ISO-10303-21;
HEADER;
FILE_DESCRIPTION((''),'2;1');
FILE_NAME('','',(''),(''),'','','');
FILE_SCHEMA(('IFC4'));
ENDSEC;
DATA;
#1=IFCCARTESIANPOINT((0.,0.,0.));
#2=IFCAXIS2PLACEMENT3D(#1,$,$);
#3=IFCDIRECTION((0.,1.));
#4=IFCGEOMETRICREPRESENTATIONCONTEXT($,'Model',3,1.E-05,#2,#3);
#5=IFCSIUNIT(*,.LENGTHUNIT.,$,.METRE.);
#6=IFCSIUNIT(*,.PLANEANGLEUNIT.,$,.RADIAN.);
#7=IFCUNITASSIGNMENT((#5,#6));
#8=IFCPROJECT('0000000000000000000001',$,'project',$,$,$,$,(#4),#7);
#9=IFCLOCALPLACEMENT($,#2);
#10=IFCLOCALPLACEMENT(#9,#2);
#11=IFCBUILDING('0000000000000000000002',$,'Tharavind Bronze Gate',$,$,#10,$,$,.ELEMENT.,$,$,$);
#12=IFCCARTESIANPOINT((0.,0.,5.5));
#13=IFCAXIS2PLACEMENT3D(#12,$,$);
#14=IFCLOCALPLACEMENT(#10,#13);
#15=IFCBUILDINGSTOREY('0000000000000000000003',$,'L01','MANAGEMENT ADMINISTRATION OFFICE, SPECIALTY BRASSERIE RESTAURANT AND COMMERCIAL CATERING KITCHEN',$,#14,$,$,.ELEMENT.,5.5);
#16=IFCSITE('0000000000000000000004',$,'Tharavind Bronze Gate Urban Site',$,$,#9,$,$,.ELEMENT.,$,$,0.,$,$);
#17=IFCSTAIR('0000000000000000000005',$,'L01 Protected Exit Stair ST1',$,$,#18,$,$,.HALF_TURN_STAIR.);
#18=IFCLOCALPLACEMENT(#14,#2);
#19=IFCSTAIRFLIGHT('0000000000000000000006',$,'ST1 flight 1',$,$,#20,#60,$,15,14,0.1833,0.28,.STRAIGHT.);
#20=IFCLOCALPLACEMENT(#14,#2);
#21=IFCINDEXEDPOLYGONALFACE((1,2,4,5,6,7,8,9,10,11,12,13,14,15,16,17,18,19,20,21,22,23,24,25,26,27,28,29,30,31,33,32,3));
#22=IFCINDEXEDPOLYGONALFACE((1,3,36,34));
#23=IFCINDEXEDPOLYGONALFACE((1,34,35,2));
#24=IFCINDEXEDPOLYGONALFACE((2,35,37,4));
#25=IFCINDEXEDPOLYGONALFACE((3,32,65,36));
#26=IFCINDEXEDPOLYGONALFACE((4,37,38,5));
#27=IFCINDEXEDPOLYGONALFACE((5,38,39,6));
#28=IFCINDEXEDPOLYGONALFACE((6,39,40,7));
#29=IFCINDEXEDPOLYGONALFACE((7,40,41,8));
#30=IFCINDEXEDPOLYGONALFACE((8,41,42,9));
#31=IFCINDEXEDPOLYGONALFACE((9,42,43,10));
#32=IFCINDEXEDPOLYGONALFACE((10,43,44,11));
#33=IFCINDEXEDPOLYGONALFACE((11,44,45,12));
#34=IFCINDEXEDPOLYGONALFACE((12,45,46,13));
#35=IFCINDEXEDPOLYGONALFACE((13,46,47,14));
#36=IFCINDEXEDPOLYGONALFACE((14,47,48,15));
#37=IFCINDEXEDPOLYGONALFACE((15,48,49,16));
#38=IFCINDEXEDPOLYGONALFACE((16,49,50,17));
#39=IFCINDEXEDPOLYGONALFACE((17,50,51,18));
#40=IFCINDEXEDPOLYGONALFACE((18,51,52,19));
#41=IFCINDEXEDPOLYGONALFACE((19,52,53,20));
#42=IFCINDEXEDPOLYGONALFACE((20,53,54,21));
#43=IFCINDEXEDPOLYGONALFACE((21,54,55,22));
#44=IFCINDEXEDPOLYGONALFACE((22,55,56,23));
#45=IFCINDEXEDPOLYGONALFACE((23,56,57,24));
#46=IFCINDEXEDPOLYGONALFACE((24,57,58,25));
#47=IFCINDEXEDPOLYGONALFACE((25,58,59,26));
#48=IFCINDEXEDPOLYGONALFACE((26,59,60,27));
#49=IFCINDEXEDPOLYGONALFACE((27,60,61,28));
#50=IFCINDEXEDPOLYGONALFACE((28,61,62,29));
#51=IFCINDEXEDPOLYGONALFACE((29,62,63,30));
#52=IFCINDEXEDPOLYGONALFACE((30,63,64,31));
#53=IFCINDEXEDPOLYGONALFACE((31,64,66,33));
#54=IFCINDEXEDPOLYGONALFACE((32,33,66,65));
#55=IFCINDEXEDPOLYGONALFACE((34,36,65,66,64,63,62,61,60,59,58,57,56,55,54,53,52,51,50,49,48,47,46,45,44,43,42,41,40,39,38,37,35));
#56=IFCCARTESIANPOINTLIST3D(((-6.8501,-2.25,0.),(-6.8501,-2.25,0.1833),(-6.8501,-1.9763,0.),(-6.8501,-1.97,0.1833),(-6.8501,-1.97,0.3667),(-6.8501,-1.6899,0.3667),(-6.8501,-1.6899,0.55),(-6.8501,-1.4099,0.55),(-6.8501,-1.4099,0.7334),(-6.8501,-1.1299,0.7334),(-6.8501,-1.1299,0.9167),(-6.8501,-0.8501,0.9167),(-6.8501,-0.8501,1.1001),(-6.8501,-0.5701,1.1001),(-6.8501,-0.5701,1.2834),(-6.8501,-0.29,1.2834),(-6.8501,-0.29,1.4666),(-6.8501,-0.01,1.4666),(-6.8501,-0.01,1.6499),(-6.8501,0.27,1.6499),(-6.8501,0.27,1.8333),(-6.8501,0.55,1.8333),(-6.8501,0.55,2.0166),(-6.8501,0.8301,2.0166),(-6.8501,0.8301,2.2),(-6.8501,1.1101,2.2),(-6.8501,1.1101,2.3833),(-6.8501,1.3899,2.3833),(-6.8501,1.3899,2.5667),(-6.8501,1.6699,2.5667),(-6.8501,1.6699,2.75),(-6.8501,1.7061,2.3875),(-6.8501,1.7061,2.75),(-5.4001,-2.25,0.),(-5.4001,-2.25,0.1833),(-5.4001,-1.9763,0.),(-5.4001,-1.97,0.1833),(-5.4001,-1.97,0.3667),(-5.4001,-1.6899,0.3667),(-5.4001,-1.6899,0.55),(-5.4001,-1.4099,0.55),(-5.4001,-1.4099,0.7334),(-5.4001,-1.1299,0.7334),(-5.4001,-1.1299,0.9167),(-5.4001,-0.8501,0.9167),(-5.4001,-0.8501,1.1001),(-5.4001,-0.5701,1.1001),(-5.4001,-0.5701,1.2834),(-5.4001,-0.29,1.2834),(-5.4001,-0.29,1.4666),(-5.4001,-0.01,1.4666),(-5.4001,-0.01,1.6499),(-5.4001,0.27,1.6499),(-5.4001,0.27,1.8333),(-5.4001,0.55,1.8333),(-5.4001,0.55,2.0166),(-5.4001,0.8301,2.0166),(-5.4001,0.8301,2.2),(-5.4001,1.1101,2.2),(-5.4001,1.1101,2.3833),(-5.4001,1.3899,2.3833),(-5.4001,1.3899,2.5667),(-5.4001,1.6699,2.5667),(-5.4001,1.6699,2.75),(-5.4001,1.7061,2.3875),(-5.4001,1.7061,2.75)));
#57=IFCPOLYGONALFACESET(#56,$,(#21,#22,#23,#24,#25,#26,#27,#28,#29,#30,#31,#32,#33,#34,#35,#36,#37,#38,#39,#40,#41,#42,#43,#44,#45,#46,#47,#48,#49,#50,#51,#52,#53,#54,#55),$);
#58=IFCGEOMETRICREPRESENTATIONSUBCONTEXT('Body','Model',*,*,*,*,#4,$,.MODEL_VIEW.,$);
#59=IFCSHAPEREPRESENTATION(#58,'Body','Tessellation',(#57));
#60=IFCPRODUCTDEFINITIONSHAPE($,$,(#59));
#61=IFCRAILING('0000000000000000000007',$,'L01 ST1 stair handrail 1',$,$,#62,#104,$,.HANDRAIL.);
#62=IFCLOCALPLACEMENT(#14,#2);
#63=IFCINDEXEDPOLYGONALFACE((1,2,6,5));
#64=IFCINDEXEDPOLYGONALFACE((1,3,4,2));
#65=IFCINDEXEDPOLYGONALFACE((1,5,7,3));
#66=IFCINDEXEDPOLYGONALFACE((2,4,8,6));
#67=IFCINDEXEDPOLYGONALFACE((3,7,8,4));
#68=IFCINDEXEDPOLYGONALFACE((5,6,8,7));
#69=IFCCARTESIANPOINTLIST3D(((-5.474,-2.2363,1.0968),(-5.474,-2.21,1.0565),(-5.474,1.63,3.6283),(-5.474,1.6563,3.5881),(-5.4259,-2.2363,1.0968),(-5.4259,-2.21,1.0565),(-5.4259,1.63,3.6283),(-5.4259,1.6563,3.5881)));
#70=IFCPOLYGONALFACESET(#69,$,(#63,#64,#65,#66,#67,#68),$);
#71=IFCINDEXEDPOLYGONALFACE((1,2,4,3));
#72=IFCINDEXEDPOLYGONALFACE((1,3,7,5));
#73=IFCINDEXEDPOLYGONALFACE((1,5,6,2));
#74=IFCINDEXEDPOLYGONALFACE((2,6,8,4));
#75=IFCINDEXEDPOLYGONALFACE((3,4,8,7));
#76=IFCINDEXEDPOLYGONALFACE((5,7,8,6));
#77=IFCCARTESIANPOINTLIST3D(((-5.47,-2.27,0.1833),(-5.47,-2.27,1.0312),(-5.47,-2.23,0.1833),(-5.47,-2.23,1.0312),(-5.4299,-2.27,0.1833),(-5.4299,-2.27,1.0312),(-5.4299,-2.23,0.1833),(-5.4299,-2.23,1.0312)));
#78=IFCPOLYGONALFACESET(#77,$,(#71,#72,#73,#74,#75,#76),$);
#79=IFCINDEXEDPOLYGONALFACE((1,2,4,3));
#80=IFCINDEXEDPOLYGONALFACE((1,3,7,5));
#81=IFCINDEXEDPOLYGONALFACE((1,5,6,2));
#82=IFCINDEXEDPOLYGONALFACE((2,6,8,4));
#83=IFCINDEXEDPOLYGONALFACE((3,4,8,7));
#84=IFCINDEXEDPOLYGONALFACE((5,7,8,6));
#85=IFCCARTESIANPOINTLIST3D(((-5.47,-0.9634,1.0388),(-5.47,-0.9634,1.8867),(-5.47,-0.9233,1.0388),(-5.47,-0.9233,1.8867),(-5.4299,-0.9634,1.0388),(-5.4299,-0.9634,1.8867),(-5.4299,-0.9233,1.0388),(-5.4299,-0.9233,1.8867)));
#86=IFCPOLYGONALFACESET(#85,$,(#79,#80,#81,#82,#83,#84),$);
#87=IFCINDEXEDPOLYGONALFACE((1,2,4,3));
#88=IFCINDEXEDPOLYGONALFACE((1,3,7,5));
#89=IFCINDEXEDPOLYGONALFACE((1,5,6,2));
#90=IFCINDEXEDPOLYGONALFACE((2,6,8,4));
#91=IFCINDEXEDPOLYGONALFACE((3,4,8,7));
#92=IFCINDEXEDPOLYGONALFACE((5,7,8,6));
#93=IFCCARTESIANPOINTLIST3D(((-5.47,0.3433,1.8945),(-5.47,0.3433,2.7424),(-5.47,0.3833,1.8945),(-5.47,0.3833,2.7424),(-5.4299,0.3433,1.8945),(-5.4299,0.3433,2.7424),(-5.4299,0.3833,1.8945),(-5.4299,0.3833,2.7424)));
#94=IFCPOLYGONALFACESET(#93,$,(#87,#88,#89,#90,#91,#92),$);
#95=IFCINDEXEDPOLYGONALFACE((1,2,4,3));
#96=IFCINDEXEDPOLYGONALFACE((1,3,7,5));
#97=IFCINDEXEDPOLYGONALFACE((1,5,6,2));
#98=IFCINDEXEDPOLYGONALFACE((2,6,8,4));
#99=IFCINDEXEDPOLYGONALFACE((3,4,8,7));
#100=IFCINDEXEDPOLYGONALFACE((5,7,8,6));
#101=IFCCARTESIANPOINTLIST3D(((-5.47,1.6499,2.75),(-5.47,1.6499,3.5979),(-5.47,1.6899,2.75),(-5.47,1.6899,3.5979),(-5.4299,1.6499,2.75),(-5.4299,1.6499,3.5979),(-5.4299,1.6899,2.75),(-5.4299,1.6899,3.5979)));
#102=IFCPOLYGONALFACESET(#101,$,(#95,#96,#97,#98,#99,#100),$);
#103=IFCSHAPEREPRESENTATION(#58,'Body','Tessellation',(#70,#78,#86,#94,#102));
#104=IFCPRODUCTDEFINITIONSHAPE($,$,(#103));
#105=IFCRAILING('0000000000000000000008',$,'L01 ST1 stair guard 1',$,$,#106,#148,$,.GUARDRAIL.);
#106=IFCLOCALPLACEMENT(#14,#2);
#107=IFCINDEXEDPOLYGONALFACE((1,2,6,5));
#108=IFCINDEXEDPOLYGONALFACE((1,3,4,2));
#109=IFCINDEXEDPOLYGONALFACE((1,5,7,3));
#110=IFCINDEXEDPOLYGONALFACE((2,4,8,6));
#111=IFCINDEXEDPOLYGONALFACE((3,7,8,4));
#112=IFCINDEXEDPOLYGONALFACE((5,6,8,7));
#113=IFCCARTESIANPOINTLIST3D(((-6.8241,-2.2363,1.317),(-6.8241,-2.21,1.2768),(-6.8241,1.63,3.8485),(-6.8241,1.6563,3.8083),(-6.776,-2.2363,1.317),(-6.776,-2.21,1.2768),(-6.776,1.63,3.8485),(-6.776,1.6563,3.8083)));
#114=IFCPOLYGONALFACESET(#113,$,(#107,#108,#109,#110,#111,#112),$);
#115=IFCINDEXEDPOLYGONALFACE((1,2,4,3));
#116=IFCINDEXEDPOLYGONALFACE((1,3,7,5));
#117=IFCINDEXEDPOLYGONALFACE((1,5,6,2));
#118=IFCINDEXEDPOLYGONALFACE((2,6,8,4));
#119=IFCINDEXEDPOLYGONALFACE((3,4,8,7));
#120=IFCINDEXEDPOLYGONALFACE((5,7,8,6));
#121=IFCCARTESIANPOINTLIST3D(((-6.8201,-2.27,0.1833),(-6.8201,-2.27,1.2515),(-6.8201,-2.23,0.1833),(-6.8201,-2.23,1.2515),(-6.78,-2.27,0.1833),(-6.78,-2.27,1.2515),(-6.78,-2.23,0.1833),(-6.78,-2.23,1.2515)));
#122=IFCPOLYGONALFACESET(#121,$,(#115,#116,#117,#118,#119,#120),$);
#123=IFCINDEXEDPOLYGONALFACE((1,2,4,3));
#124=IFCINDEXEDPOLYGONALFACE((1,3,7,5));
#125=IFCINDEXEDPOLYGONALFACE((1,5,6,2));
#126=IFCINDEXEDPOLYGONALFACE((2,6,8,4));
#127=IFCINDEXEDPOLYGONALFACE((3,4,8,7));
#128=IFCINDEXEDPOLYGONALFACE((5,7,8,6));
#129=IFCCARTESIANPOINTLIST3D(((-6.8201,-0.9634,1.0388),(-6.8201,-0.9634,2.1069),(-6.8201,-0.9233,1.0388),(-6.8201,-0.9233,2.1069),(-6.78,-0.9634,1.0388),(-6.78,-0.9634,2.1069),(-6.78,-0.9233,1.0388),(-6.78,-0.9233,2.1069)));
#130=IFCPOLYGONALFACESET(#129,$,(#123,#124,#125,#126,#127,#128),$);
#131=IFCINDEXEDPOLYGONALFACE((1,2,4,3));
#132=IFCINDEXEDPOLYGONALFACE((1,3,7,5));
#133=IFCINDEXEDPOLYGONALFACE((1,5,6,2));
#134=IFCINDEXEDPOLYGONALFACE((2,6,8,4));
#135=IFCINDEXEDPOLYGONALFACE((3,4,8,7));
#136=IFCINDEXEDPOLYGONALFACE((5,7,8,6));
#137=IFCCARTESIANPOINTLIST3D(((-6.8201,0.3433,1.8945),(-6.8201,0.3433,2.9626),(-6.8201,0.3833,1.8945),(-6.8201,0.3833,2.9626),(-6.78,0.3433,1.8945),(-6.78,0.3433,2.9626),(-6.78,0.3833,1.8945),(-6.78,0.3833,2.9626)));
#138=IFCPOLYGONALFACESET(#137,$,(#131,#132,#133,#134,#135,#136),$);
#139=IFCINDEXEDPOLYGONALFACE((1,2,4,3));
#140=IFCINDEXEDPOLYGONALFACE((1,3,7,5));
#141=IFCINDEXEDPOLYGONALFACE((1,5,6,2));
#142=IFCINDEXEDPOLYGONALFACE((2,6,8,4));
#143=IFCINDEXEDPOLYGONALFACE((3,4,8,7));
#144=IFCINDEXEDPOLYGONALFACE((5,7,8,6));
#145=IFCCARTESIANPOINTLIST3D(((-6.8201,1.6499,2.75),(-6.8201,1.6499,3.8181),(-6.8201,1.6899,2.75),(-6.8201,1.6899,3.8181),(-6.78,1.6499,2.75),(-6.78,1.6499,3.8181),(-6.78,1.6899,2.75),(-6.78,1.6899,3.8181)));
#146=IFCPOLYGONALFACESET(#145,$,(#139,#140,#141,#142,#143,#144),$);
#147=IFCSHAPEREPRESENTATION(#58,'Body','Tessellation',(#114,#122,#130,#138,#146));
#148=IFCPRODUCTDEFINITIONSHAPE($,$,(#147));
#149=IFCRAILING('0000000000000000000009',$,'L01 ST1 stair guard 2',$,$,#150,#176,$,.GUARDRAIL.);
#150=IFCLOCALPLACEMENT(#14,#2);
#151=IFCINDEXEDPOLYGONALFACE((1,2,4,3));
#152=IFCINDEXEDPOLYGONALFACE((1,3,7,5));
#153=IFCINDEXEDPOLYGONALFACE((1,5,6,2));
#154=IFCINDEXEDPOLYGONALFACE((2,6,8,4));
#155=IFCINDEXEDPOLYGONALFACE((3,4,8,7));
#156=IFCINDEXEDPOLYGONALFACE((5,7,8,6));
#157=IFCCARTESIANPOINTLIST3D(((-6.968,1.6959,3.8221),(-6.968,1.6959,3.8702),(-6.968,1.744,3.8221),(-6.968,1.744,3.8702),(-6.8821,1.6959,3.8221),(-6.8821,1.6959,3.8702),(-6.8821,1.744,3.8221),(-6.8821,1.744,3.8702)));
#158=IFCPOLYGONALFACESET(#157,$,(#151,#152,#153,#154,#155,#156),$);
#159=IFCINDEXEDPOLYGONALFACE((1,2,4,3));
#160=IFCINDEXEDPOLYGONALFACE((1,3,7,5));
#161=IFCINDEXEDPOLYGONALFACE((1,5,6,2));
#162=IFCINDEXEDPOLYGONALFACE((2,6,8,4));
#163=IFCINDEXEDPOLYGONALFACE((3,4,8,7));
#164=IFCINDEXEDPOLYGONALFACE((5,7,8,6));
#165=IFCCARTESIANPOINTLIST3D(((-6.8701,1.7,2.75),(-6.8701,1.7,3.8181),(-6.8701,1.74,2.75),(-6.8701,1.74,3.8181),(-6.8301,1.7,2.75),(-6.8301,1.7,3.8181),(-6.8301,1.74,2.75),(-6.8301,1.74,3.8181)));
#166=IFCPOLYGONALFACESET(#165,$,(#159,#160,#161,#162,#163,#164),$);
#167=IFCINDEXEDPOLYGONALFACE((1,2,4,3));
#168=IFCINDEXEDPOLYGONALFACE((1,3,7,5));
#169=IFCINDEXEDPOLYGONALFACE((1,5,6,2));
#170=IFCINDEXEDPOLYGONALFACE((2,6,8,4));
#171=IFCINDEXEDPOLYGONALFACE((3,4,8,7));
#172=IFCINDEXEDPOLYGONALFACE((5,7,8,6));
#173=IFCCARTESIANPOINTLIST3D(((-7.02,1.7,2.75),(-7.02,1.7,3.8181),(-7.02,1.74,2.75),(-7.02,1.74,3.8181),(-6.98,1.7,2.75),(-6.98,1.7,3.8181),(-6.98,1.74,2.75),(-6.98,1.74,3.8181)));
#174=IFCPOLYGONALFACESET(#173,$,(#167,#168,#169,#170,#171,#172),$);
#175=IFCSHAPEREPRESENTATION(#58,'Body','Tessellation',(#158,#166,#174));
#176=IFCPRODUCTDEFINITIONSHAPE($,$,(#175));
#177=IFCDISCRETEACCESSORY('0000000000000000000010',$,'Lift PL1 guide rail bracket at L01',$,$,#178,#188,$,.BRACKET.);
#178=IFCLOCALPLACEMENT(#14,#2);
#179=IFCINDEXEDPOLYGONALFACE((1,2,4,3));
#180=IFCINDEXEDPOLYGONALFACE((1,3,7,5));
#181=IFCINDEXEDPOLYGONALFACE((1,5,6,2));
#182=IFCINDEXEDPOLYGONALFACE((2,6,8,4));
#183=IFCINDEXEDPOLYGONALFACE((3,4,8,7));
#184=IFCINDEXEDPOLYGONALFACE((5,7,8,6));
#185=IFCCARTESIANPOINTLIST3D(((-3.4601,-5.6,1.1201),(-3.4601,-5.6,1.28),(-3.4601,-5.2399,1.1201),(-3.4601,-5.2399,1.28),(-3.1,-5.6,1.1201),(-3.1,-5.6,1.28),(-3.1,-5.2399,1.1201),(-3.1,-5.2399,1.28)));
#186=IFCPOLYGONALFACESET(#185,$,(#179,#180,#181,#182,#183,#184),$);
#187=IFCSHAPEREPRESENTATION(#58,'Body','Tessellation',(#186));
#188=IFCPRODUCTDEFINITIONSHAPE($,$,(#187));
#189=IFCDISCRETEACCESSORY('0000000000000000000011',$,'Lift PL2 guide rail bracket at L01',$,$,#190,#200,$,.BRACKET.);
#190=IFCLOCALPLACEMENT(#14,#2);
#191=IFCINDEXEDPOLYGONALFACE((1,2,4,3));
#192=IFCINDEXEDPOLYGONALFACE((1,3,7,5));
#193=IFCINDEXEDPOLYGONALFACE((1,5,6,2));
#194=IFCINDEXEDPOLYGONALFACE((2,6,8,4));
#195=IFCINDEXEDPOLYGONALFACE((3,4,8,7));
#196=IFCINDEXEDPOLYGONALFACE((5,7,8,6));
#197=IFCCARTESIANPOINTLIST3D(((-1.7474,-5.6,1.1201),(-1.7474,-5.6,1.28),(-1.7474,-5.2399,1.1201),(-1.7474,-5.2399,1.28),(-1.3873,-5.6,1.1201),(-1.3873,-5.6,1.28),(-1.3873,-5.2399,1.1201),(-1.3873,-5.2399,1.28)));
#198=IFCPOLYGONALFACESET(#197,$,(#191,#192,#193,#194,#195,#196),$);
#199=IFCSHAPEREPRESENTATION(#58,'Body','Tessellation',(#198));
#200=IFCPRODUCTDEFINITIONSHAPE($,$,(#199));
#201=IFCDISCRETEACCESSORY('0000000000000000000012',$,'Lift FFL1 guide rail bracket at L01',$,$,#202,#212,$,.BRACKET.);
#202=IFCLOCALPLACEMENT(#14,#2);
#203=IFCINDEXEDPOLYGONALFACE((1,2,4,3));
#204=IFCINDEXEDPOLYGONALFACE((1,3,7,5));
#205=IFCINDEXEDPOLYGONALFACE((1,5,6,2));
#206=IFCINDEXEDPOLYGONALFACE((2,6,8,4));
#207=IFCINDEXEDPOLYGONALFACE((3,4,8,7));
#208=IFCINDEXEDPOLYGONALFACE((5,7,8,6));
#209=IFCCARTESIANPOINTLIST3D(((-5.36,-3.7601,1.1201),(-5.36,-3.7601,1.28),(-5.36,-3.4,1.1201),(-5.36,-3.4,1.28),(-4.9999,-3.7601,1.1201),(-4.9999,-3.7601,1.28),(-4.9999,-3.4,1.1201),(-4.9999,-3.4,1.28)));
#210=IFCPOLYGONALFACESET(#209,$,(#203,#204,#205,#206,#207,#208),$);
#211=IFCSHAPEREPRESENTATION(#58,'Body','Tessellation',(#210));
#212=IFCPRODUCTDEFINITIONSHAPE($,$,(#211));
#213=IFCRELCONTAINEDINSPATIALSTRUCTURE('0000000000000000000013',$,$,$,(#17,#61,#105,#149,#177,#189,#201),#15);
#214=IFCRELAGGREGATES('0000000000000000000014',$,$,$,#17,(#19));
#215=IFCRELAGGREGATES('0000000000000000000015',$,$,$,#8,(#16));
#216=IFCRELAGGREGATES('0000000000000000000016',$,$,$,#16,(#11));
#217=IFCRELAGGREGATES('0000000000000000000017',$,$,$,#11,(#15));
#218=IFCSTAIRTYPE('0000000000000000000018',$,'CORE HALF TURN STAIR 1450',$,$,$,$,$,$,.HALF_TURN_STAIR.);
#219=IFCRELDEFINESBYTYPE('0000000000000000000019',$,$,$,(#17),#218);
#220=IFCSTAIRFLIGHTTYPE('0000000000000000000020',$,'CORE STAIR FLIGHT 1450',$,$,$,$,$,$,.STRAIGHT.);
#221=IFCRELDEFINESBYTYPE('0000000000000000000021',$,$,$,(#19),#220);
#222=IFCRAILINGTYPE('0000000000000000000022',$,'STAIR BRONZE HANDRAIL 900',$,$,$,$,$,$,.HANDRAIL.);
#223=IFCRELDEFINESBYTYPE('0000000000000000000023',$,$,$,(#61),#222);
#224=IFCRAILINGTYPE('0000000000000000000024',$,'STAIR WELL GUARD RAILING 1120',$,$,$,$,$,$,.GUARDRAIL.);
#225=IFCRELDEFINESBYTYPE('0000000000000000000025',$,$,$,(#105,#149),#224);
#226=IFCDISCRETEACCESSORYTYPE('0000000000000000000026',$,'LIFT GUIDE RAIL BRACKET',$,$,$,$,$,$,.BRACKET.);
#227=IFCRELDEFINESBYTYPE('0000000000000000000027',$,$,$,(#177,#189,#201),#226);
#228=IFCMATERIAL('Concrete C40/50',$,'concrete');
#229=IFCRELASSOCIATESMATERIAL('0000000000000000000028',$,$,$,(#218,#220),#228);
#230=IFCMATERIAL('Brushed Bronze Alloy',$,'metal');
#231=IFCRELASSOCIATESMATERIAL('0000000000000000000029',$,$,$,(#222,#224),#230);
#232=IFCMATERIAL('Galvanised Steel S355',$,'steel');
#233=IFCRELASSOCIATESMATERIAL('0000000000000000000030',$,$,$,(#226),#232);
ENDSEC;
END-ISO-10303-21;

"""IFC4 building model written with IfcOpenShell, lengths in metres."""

from ifc_helpers import new_model, si_unit, direction, frame, origin, origin_2d, place, context, subcontext, project, spatial, polyline, rectangle, outline, extrude, material, type_object, element, aggregate, save


model = new_model("IFC4")

# Units and contexts
model_context = context("Model", 3, precision=1e-05, world=origin(), true_north=direction((0.0, 1.0)))
body_context = subcontext(model_context, "Body", "Model", "MODEL_VIEW")
ifc_project = project(units=[si_unit("LENGTHUNIT", "METRE"), si_unit("PLANEANGLEUNIT", "RADIAN")], contexts=[model_context])

# Site, building, storey
site_placement = place(None, origin())
site = spatial("IfcSite", under=ifc_project, at=site_placement, Name="Tharavind Bronze Gate Urban Site", CompositionType="ELEMENT", RefElevation=0.0)
building_placement = place(site_placement, origin())
building = spatial("IfcBuilding", under=site, at=building_placement, Name="Tharavind Bronze Gate", CompositionType="ELEMENT")
storey_placement = place(building_placement, frame((0.0, 0.0, 5.5)))
storey = spatial("IfcBuildingStorey", under=building, at=storey_placement, Name="L01", Description="MANAGEMENT ADMINISTRATION OFFICE, SPECIALTY BRASSERIE RESTAURANT AND COMMERCIAL CATERING KITCHEN", CompositionType="ELEMENT", Elevation=5.5)

# Shared definitions
ifc_material_1 = material(Name="Concrete C40/50", Category="concrete")

# Stair, stair flight
stair_type = type_object("IfcStairType", Name="CORE HALF TURN STAIR 1450", PredefinedType="HALF_TURN_STAIR", material=ifc_material_1)
stair_placement = place(storey_placement, origin())
stair = element("IfcStair", 1, at=stair_placement, inside=storey, type_object=stair_type, Name="L01 Protected Exit Stair ST1", PredefinedType="HALF_TURN_STAIR")
stair_flight_type = type_object("IfcStairFlightType", Name="CORE STAIR FLIGHT 1450", PredefinedType="STRAIGHT", material=ifc_material_1)
stair_flight_placement = place(storey_placement, frame((-6.125, -2.25, 0.0), z_axis=(0.0, 0.0, 1.0), x_axis=(0.0, 1.0, 0.0)))
stair_flight = element("IfcStairFlight", 2, at=stair_flight_placement, type_object=stair_flight_type, Name="ST1 flight 1", NumberOfRisers=15, NumberOfTreads=14, PredefinedType="STRAIGHT", RiserHeight=0.1833, TreadLength=0.28, context=body_context, shape_type="SweptSolid", body=[
    extrude(outline(polyline([(0.0, 0.0), (0.0, 0.1833), (0.28, 0.1833), (0.28, 0.3667), (0.5601, 0.3667), (0.5601, 0.55), (0.8401, 0.55), (0.8401, 0.7334), (1.1201, 0.7334), (1.1201, 0.9167), (1.3999, 0.9167), (1.3999, 1.1001), (1.6799, 1.1001), (1.6799, 1.2834), (1.96, 1.2834), (1.96, 1.4666), (2.24, 1.4666), (2.24, 1.6499), (2.52, 1.6499), (2.52, 1.8333), (2.8, 1.8333), (2.8, 2.0166), (3.0801, 2.0166), (3.0801, 2.2), (3.3601, 2.2), (3.3601, 2.3833), (3.6399, 2.3833), (3.6399, 2.5667), (3.9199, 2.5667), (3.9199, 2.75), (3.9561, 2.75), (3.9561, 2.3875), (0.2737, 0.0), (0.0, 0.0)])), frame((0.0, 0.7251, 0.0), z_axis=(0.0, -1.0, 0.0), x_axis=(1.0, 0.0, 0.0)), (0.0, 0.0, 1.0), 1.45),
])
aggregate(stair, [stair_flight])

# Railings
ifc_material_2 = material(Name="Brushed Bronze Alloy", Category="metal")
railing_type_1 = type_object("IfcRailingType", Name="STAIR BRONZE HANDRAIL 900", PredefinedType="HANDRAIL", material=ifc_material_2)
railing_1_placement = place(storey_placement, frame((-5.45, -2.25, 0.1833)))
element("IfcRailing", 3, at=railing_1_placement, inside=storey, type_object=railing_type_1, Name="L01 ST1 stair handrail 1", PredefinedType="HANDRAIL", context=body_context, shape_type="SweptSolid", body=[
    extrude(rectangle(XDim=0.0481, YDim=0.0481, at=origin_2d()), frame((0.0, 0.0269, 0.8933), z_axis=(0.0, 0.836615, 0.547791), x_axis=(-1.0, 0.0, 0.0)), (0.0, 0.0, 1.0), 4.6213),
    extrude(rectangle(XDim=0.04, YDim=0.04, at=origin_2d()), origin(), (0.0, 0.0, 1.0), 0.8479),
    extrude(rectangle(XDim=0.04, YDim=0.04, at=origin_2d()), frame((0.0, 1.3066, 0.8555)), (0.0, 0.0, 1.0), 0.8479),
    extrude(rectangle(XDim=0.04, YDim=0.04, at=origin_2d()), frame((0.0, 2.6133, 1.7112)), (0.0, 0.0, 1.0), 0.8479),
    extrude(rectangle(XDim=0.04, YDim=0.04, at=origin_2d()), frame((0.0, 3.9199, 2.5667)), (0.0, 0.0, 1.0), 0.8479),
])
railing_type_2 = type_object("IfcRailingType", Name="STAIR WELL GUARD RAILING 1120", PredefinedType="GUARDRAIL", material=ifc_material_2)
railing_2_placement = place(storey_placement, frame((-6.8, -2.25, 0.1833)))
element("IfcRailing", 4, at=railing_2_placement, inside=storey, type_object=railing_type_2, Name="L01 ST1 stair guard 1", PredefinedType="GUARDRAIL", context=body_context, shape_type="SweptSolid", body=[
    extrude(rectangle(XDim=0.0481, YDim=0.0481, at=origin_2d()), frame((0.0, 0.0269, 1.1135), z_axis=(0.0, 0.836615, 0.547791), x_axis=(-1.0, 0.0, 0.0)), (0.0, 0.0, 1.0), 4.6213),
    extrude(rectangle(XDim=0.04, YDim=0.04, at=origin_2d()), origin(), (0.0, 0.0, 1.0), 1.0681),
    extrude(rectangle(XDim=0.04, YDim=0.04, at=origin_2d()), frame((0.0, 1.3066, 0.8555)), (0.0, 0.0, 1.0), 1.0681),
    extrude(rectangle(XDim=0.04, YDim=0.04, at=origin_2d()), frame((0.0, 2.6133, 1.7112)), (0.0, 0.0, 1.0), 1.0681),
    extrude(rectangle(XDim=0.04, YDim=0.04, at=origin_2d()), frame((0.0, 3.9199, 2.5667)), (0.0, 0.0, 1.0), 1.0681),
])
railing_3_placement = place(storey_placement, frame((-6.8501, 1.72, 2.75)))
element("IfcRailing", 5, at=railing_3_placement, inside=storey, type_object=railing_type_2, Name="L01 ST1 stair guard 2", PredefinedType="GUARDRAIL", context=body_context, shape_type="SweptSolid", body=[
    extrude(rectangle(XDim=0.0481, YDim=0.0481, at=origin_2d()), frame((-0.032, 0.0, 1.0962), z_axis=(-1.0, 0.0, 0.0), x_axis=(0.0, -1.0, 0.0)), (0.0, 0.0, 1.0), 0.0859),
    extrude(rectangle(XDim=0.04, YDim=0.04, at=origin_2d()), origin(), (0.0, 0.0, 1.0), 1.0681),
    extrude(rectangle(XDim=0.04, YDim=0.04, at=origin_2d()), frame((-0.1499, 0.0, 0.0)), (0.0, 0.0, 1.0), 1.0681),
])

# Discrete accessories
ifc_material_3 = material(Name="Galvanised Steel S355", Category="steel")
discrete_accessory_type = type_object("IfcDiscreteAccessoryType", Name="LIFT GUIDE RAIL BRACKET", PredefinedType="BRACKET", material=ifc_material_3)
for number, where, z_axis, x_axis, name in (
    (6, (-3.28, -5.4199, 1.1201), (0.0, 0.0, 1.0), (1.0, 0.0, 0.0), "Lift PL1 guide rail bracket at L01"),
    (7, (-1.5674, -5.4199, 1.1201), (0.0, 0.0, 1.0), (1.0, 0.0, 0.0), "Lift PL2 guide rail bracket at L01"),
    (8, (-5.1799, -3.5801, 1.1201), (0.0, 0.0, 1.0), (1.0, 0.0, 0.0), "Lift FFL1 guide rail bracket at L01"),
):
    element("IfcDiscreteAccessory", number, at=place(storey_placement, frame(where, z_axis=z_axis, x_axis=x_axis)), inside=storey, type_object=discrete_accessory_type, Name=name, PredefinedType="BRACKET", context=body_context, shape_type="SweptSolid", body=[
        extrude(rectangle(XDim=0.3601, YDim=0.3601, at=origin_2d()), origin(), (0.0, 0.0, 1.0), 0.1599),
    ])

save(model, "model.ifc")
